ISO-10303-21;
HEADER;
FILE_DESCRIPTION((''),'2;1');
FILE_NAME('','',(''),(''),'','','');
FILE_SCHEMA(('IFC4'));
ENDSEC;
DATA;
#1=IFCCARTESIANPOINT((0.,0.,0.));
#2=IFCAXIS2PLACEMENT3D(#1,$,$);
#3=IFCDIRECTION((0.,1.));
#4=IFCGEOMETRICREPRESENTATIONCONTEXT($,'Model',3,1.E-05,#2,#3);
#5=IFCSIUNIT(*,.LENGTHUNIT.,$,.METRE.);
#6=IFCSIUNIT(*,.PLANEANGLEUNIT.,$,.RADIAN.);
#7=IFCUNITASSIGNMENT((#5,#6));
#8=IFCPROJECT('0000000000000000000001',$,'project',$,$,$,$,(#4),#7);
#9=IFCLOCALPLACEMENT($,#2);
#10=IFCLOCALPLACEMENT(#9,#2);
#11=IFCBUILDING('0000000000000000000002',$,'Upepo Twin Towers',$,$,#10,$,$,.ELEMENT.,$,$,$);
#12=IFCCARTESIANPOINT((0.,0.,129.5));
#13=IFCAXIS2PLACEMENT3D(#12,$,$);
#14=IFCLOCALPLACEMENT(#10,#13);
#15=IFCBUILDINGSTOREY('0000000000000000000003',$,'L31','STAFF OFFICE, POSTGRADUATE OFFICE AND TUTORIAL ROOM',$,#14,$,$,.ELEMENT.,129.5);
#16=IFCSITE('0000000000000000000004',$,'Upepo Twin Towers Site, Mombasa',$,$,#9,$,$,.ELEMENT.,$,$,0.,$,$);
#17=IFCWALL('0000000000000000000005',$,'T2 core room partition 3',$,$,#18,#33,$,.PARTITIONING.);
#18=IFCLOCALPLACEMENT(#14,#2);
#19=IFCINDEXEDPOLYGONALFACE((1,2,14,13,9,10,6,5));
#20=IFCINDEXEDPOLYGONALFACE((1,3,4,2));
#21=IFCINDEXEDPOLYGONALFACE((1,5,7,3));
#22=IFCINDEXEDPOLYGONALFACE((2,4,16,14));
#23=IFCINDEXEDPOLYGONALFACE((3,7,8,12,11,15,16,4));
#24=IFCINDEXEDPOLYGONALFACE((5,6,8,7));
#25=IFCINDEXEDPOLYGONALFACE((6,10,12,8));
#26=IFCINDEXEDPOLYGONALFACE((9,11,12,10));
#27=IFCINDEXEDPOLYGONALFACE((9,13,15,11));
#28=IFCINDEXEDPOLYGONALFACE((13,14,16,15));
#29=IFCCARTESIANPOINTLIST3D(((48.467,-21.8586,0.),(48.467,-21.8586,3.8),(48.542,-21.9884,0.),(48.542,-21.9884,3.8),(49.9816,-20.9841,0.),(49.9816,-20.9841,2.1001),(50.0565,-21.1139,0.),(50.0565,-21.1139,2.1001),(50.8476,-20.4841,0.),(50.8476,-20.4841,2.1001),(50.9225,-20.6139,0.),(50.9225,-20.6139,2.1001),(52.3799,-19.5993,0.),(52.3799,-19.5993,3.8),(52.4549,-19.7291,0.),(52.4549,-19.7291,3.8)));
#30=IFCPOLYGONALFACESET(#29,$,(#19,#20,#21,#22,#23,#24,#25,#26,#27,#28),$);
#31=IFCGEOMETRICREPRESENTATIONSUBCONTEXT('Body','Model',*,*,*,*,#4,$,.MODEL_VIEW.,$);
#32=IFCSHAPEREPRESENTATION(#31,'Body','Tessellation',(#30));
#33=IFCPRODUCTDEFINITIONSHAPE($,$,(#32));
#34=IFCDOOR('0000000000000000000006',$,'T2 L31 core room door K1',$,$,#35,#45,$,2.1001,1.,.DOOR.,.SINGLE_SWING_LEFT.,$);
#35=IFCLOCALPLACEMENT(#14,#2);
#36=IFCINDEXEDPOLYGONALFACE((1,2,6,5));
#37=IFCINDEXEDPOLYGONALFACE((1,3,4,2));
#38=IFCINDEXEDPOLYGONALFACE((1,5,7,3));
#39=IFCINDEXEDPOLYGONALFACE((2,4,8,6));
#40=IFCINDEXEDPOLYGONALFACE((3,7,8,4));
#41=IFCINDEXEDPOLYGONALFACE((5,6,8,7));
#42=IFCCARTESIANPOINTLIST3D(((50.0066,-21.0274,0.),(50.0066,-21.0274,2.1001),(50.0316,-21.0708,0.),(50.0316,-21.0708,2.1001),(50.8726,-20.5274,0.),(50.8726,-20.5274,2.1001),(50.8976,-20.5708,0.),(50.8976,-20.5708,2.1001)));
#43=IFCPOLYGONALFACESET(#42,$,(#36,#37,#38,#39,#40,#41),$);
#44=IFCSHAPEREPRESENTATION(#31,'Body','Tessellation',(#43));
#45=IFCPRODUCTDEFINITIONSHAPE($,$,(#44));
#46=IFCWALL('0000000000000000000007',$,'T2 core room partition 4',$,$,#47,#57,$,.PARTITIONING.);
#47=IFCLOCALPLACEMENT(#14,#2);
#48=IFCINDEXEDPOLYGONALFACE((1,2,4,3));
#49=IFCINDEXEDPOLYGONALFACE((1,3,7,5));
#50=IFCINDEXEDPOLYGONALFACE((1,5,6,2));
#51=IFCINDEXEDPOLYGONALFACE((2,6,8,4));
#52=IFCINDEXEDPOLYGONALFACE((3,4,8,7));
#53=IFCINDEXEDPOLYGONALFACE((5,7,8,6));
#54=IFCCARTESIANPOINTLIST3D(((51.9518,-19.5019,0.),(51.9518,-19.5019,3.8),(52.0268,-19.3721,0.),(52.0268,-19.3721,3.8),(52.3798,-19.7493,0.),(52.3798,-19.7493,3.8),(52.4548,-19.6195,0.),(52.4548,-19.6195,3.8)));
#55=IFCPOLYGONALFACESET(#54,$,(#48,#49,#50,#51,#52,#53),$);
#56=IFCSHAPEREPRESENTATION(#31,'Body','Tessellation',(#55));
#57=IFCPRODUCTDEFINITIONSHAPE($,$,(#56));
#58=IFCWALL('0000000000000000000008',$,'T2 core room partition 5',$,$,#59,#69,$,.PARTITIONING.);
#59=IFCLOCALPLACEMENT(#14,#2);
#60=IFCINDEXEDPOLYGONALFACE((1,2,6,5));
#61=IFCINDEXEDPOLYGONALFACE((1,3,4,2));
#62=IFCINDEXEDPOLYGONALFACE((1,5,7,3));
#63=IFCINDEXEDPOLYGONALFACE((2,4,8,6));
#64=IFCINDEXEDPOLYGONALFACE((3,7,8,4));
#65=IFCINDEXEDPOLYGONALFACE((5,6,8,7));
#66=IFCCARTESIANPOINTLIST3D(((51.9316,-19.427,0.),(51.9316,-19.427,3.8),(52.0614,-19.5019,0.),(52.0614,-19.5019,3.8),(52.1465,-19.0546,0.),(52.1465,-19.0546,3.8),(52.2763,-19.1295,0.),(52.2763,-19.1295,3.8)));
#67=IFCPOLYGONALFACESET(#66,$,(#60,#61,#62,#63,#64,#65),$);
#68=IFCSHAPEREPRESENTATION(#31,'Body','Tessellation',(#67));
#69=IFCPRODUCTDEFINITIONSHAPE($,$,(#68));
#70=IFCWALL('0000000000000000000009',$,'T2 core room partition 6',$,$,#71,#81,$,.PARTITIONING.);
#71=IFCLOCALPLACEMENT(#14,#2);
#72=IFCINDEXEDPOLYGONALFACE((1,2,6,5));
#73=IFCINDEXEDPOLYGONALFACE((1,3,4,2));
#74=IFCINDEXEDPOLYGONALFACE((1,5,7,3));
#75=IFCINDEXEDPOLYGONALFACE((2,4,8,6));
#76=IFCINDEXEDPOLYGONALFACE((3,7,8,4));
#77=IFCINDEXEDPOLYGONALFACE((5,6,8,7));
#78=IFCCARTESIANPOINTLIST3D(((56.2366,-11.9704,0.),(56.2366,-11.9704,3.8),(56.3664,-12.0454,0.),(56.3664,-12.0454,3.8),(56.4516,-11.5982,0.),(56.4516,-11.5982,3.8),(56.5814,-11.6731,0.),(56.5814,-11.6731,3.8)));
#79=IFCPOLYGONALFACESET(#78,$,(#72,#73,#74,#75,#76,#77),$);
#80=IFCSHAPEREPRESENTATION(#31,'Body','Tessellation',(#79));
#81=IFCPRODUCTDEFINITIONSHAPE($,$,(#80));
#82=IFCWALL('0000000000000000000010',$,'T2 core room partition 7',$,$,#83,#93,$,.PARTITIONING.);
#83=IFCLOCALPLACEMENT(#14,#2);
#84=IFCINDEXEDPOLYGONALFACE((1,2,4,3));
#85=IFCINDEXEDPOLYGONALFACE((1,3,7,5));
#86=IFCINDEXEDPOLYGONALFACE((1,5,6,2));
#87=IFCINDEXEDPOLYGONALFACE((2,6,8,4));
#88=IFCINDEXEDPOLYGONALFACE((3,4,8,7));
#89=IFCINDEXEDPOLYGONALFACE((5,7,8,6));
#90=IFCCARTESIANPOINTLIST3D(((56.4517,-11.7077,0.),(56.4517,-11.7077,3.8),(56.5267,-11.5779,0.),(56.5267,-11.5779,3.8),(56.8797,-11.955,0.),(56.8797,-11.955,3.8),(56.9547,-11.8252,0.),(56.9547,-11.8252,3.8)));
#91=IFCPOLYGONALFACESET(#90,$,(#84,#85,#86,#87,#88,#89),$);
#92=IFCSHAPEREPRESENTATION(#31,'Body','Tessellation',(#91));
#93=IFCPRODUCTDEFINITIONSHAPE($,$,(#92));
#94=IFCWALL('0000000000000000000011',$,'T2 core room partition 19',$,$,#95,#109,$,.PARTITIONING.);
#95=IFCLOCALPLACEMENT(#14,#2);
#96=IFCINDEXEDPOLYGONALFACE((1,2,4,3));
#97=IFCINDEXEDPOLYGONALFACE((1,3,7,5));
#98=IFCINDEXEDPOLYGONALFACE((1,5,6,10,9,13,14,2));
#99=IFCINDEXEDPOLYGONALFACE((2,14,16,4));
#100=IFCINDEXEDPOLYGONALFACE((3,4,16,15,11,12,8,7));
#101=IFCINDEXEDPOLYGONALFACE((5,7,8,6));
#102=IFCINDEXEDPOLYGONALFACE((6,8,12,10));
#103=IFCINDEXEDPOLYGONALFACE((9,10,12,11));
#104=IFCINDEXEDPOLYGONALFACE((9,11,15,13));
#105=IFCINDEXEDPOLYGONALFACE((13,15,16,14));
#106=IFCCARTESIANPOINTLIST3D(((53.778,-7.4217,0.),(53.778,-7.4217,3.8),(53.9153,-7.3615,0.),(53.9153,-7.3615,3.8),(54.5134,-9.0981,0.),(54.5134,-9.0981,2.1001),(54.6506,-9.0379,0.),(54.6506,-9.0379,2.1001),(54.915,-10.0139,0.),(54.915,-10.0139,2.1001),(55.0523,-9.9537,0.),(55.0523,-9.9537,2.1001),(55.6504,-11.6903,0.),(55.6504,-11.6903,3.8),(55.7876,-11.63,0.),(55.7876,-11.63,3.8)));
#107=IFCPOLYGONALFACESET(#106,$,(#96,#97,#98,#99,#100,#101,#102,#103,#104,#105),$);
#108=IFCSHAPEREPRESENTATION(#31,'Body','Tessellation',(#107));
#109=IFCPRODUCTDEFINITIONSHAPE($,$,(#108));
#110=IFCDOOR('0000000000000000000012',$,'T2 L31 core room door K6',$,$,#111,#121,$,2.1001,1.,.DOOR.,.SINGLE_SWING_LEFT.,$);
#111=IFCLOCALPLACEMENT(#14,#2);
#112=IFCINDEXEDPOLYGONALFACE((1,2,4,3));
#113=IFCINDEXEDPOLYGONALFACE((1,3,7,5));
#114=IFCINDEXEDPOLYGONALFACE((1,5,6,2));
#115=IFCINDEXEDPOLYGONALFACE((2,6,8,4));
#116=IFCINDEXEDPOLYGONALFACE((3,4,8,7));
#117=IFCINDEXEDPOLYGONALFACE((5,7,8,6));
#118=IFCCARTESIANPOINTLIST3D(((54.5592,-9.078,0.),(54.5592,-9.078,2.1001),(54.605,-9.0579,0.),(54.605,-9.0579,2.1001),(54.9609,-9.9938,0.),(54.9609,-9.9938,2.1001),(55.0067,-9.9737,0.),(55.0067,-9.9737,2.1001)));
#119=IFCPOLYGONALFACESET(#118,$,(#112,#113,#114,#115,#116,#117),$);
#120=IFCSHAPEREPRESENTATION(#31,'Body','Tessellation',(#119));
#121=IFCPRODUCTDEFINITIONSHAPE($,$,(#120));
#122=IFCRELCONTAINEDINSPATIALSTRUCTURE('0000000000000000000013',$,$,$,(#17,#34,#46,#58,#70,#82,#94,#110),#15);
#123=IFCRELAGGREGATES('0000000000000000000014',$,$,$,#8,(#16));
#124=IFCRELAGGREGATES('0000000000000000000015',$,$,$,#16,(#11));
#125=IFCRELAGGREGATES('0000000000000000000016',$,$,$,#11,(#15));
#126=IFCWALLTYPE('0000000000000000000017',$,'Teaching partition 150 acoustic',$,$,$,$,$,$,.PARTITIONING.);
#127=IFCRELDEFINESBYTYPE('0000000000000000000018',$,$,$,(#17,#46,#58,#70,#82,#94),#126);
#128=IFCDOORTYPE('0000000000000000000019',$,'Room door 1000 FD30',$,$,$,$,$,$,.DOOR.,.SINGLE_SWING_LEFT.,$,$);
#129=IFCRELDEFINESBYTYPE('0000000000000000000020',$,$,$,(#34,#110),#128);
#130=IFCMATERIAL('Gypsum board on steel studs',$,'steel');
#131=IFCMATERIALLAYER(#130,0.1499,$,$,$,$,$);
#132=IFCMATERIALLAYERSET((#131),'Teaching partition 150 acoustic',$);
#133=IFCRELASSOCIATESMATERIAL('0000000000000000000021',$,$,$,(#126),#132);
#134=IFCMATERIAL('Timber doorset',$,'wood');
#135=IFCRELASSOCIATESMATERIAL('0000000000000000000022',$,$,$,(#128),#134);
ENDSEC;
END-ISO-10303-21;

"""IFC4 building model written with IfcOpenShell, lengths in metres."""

from ifc_helpers import new_model, si_unit, direction, frame, frame_2d, origin, place, context, subcontext, project, spatial, rectangle, extrude, material, layer, layer_set, type_object, element, fill, save


model = new_model("IFC4")

# Units and contexts
model_context = context("Model", 3, precision=1e-05, world=origin(), true_north=direction((0.0, 1.0)))
body_context = subcontext(model_context, "Body", "Model", "MODEL_VIEW")
ifc_project = project(units=[si_unit("LENGTHUNIT", "METRE"), si_unit("PLANEANGLEUNIT", "RADIAN")], contexts=[model_context])

# Site, building, storey
site_placement = place(None, origin())
site = spatial("IfcSite", under=ifc_project, at=site_placement, Name="Upepo Twin Towers Site, Mombasa", CompositionType="ELEMENT", RefElevation=0.0)
building_placement = place(site_placement, origin())
building = spatial("IfcBuilding", under=site, at=building_placement, Name="Upepo Twin Towers", CompositionType="ELEMENT")
storey_placement = place(building_placement, frame((0.0, 0.0, 129.5)))
storey = spatial("IfcBuildingStorey", under=building, at=storey_placement, Name="L31", Description="STAFF OFFICE, POSTGRADUATE OFFICE AND TUTORIAL ROOM", CompositionType="ELEMENT", Elevation=129.5)

# Wall, opening, door
ifc_material_1 = material(Name="Gypsum board on steel studs", Category="steel")
ifc_layer_1 = layer(ifc_material_1, 0.1499)
ifc_layer_set_1 = layer_set([ifc_layer_1], Name="Teaching partition 150 acoustic")
wall_type_1 = type_object("IfcWallType", Name="Teaching partition 150 acoustic", PredefinedType="PARTITIONING", material=ifc_layer_set_1)
wall_1_placement = place(storey_placement, frame((48.5044, -21.9236, 0.0), z_axis=(0.0, 0.0, 1.0), x_axis=(0.866007, 0.500033, 0.0)))
wall_1 = element("IfcWall", 1, at=wall_1_placement, inside=storey, type_object=wall_type_1, Name="T2 core room partition 3", PredefinedType="PARTITIONING", context=body_context, shape_type="SweptSolid", body=[
    extrude(rectangle(XDim=4.5183, YDim=0.1499, at=frame_2d((2.2593, 0.0))), origin(), (0.0, 0.0, 1.0), 3.8),
])
opening_1_placement = place(wall_1_placement, frame((1.749, 0.0, 0.0)))
opening_1 = element("IfcOpeningElement", 2, at=opening_1_placement, cuts=wall_1, PredefinedType="OPENING", context=body_context, shape_type="SweptSolid", body=[
    extrude(rectangle(XDim=1.0, YDim=2.1001, at=frame_2d((0.5, 1.05))), frame((0.0, 0.085, 0.0), z_axis=(0.0, -1.0, 0.0), x_axis=(1.0, 0.0, 0.0)), (0.0, 0.0, 1.0), 0.1699),
])
ifc_material_2 = material(Name="Timber doorset", Category="wood")
door_type_1 = type_object("IfcDoorType", Name="Room door 1000 FD30", OperationType="SINGLE_SWING_LEFT", PredefinedType="DOOR", material=ifc_material_2)
door_1_placement = place(opening_1_placement, origin())
door_1 = element("IfcDoor", 3, at=door_1_placement, inside=storey, type_object=door_type_1, Name="T2 L31 core room door K1", OperationType="SINGLE_SWING_LEFT", OverallHeight=2.1001, OverallWidth=1.0, PredefinedType="DOOR", context=body_context, shape_type="SweptSolid", body=[
    extrude(rectangle(XDim=1.0, YDim=2.1001, at=frame_2d((0.5, 1.05))), frame((0.0, 0.0249, 0.0), z_axis=(0.0, -1.0, 0.0), x_axis=(1.0, 0.0, 0.0)), (0.0, 0.0, 1.0), 0.05),
])
fill(opening_1, door_1)

# Walls
wall_2_placement = place(storey_placement, frame((52.4172, -19.6843, 0.0), z_axis=(0.0, 0.0, 1.0), x_axis=(-0.865832, 0.500335, 0.0)))
element("IfcWall", 4, at=wall_2_placement, inside=storey, type_object=wall_type_1, Name="T2 core room partition 4", PredefinedType="PARTITIONING", context=body_context, shape_type="SweptSolid", body=[
    extrude(rectangle(XDim=0.4944, YDim=0.1499, at=frame_2d((0.2471, 0.0))), origin(), (0.0, 0.0, 1.0), 3.8),
])
for number, where, z_axis, x_axis, name in (
    (5, (51.9966, -19.4644, 0.0), (0.0, 0.0, 1.0), (0.499804, 0.866138, 0.0), "T2 core room partition 5"),
    (6, (56.3015, -12.0078, 0.0), (0.0, 0.0, 1.0), (0.50023, 0.865892, 0.0), "T2 core room partition 6"),
):
    element("IfcWall", number, at=place(storey_placement, frame(where, z_axis=z_axis, x_axis=x_axis)), inside=storey, type_object=wall_type_1, Name=name, PredefinedType="PARTITIONING", context=body_context, shape_type="SweptSolid", body=[
        extrude(rectangle(XDim=0.4299, YDim=0.1499, at=frame_2d((0.2148, 0.0))), origin(), (0.0, 0.0, 1.0), 3.8),
    ])
wall_3_placement = place(storey_placement, frame((56.4893, -11.6428, 0.0), z_axis=(0.0, 0.0, 1.0), x_axis=(0.865832, -0.500335, 0.0)))
element("IfcWall", 7, at=wall_3_placement, inside=storey, type_object=wall_type_1, Name="T2 core room partition 7", PredefinedType="PARTITIONING", context=body_context, shape_type="SweptSolid", body=[
    extrude(rectangle(XDim=0.4944, YDim=0.1499, at=frame_2d((0.2471, 0.0))), origin(), (0.0, 0.0, 1.0), 3.8),
])

# Wall, opening, door
wall_4_placement = place(storey_placement, frame((55.719, -11.6602, 0.0), z_axis=(0.0, 0.0, 1.0), x_axis=(-0.401687, 0.915777, 0.0)))
wall_4 = element("IfcWall", 8, at=wall_4_placement, inside=storey, type_object=wall_type_1, Name="T2 core room partition 19", PredefinedType="PARTITIONING", context=body_context, shape_type="SweptSolid", body=[
    extrude(rectangle(XDim=4.6611, YDim=0.1499, at=frame_2d((2.3306, 0.0))), origin(), (0.0, 0.0, 1.0), 3.8),
])
opening_2_placement = place(wall_4_placement, frame((1.8306, 0.0, 0.0)))
opening_2 = element("IfcOpeningElement", 9, at=opening_2_placement, cuts=wall_4, PredefinedType="OPENING", context=body_context, shape_type="SweptSolid", body=[
    extrude(rectangle(XDim=1.0, YDim=2.1001, at=frame_2d((0.5, 1.05))), frame((0.0, 0.085, 0.0), z_axis=(0.0, -1.0, 0.0), x_axis=(1.0, 0.0, 0.0)), (0.0, 0.0, 1.0), 0.1699),
])
door_2_placement = place(opening_2_placement, origin())
door_2 = element("IfcDoor", 10, at=door_2_placement, inside=storey, type_object=door_type_1, Name="T2 L31 core room door K6", OperationType="SINGLE_SWING_LEFT", OverallHeight=2.1001, OverallWidth=1.0, PredefinedType="DOOR", context=body_context, shape_type="SweptSolid", body=[
    extrude(rectangle(XDim=1.0, YDim=2.1001, at=frame_2d((0.5, 1.05))), frame((0.0, 0.0249, 0.0), z_axis=(0.0, -1.0, 0.0), x_axis=(1.0, 0.0, 0.0)), (0.0, 0.0, 1.0), 0.05),
])
fill(opening_2, door_2)

save(model, "model.ifc")
